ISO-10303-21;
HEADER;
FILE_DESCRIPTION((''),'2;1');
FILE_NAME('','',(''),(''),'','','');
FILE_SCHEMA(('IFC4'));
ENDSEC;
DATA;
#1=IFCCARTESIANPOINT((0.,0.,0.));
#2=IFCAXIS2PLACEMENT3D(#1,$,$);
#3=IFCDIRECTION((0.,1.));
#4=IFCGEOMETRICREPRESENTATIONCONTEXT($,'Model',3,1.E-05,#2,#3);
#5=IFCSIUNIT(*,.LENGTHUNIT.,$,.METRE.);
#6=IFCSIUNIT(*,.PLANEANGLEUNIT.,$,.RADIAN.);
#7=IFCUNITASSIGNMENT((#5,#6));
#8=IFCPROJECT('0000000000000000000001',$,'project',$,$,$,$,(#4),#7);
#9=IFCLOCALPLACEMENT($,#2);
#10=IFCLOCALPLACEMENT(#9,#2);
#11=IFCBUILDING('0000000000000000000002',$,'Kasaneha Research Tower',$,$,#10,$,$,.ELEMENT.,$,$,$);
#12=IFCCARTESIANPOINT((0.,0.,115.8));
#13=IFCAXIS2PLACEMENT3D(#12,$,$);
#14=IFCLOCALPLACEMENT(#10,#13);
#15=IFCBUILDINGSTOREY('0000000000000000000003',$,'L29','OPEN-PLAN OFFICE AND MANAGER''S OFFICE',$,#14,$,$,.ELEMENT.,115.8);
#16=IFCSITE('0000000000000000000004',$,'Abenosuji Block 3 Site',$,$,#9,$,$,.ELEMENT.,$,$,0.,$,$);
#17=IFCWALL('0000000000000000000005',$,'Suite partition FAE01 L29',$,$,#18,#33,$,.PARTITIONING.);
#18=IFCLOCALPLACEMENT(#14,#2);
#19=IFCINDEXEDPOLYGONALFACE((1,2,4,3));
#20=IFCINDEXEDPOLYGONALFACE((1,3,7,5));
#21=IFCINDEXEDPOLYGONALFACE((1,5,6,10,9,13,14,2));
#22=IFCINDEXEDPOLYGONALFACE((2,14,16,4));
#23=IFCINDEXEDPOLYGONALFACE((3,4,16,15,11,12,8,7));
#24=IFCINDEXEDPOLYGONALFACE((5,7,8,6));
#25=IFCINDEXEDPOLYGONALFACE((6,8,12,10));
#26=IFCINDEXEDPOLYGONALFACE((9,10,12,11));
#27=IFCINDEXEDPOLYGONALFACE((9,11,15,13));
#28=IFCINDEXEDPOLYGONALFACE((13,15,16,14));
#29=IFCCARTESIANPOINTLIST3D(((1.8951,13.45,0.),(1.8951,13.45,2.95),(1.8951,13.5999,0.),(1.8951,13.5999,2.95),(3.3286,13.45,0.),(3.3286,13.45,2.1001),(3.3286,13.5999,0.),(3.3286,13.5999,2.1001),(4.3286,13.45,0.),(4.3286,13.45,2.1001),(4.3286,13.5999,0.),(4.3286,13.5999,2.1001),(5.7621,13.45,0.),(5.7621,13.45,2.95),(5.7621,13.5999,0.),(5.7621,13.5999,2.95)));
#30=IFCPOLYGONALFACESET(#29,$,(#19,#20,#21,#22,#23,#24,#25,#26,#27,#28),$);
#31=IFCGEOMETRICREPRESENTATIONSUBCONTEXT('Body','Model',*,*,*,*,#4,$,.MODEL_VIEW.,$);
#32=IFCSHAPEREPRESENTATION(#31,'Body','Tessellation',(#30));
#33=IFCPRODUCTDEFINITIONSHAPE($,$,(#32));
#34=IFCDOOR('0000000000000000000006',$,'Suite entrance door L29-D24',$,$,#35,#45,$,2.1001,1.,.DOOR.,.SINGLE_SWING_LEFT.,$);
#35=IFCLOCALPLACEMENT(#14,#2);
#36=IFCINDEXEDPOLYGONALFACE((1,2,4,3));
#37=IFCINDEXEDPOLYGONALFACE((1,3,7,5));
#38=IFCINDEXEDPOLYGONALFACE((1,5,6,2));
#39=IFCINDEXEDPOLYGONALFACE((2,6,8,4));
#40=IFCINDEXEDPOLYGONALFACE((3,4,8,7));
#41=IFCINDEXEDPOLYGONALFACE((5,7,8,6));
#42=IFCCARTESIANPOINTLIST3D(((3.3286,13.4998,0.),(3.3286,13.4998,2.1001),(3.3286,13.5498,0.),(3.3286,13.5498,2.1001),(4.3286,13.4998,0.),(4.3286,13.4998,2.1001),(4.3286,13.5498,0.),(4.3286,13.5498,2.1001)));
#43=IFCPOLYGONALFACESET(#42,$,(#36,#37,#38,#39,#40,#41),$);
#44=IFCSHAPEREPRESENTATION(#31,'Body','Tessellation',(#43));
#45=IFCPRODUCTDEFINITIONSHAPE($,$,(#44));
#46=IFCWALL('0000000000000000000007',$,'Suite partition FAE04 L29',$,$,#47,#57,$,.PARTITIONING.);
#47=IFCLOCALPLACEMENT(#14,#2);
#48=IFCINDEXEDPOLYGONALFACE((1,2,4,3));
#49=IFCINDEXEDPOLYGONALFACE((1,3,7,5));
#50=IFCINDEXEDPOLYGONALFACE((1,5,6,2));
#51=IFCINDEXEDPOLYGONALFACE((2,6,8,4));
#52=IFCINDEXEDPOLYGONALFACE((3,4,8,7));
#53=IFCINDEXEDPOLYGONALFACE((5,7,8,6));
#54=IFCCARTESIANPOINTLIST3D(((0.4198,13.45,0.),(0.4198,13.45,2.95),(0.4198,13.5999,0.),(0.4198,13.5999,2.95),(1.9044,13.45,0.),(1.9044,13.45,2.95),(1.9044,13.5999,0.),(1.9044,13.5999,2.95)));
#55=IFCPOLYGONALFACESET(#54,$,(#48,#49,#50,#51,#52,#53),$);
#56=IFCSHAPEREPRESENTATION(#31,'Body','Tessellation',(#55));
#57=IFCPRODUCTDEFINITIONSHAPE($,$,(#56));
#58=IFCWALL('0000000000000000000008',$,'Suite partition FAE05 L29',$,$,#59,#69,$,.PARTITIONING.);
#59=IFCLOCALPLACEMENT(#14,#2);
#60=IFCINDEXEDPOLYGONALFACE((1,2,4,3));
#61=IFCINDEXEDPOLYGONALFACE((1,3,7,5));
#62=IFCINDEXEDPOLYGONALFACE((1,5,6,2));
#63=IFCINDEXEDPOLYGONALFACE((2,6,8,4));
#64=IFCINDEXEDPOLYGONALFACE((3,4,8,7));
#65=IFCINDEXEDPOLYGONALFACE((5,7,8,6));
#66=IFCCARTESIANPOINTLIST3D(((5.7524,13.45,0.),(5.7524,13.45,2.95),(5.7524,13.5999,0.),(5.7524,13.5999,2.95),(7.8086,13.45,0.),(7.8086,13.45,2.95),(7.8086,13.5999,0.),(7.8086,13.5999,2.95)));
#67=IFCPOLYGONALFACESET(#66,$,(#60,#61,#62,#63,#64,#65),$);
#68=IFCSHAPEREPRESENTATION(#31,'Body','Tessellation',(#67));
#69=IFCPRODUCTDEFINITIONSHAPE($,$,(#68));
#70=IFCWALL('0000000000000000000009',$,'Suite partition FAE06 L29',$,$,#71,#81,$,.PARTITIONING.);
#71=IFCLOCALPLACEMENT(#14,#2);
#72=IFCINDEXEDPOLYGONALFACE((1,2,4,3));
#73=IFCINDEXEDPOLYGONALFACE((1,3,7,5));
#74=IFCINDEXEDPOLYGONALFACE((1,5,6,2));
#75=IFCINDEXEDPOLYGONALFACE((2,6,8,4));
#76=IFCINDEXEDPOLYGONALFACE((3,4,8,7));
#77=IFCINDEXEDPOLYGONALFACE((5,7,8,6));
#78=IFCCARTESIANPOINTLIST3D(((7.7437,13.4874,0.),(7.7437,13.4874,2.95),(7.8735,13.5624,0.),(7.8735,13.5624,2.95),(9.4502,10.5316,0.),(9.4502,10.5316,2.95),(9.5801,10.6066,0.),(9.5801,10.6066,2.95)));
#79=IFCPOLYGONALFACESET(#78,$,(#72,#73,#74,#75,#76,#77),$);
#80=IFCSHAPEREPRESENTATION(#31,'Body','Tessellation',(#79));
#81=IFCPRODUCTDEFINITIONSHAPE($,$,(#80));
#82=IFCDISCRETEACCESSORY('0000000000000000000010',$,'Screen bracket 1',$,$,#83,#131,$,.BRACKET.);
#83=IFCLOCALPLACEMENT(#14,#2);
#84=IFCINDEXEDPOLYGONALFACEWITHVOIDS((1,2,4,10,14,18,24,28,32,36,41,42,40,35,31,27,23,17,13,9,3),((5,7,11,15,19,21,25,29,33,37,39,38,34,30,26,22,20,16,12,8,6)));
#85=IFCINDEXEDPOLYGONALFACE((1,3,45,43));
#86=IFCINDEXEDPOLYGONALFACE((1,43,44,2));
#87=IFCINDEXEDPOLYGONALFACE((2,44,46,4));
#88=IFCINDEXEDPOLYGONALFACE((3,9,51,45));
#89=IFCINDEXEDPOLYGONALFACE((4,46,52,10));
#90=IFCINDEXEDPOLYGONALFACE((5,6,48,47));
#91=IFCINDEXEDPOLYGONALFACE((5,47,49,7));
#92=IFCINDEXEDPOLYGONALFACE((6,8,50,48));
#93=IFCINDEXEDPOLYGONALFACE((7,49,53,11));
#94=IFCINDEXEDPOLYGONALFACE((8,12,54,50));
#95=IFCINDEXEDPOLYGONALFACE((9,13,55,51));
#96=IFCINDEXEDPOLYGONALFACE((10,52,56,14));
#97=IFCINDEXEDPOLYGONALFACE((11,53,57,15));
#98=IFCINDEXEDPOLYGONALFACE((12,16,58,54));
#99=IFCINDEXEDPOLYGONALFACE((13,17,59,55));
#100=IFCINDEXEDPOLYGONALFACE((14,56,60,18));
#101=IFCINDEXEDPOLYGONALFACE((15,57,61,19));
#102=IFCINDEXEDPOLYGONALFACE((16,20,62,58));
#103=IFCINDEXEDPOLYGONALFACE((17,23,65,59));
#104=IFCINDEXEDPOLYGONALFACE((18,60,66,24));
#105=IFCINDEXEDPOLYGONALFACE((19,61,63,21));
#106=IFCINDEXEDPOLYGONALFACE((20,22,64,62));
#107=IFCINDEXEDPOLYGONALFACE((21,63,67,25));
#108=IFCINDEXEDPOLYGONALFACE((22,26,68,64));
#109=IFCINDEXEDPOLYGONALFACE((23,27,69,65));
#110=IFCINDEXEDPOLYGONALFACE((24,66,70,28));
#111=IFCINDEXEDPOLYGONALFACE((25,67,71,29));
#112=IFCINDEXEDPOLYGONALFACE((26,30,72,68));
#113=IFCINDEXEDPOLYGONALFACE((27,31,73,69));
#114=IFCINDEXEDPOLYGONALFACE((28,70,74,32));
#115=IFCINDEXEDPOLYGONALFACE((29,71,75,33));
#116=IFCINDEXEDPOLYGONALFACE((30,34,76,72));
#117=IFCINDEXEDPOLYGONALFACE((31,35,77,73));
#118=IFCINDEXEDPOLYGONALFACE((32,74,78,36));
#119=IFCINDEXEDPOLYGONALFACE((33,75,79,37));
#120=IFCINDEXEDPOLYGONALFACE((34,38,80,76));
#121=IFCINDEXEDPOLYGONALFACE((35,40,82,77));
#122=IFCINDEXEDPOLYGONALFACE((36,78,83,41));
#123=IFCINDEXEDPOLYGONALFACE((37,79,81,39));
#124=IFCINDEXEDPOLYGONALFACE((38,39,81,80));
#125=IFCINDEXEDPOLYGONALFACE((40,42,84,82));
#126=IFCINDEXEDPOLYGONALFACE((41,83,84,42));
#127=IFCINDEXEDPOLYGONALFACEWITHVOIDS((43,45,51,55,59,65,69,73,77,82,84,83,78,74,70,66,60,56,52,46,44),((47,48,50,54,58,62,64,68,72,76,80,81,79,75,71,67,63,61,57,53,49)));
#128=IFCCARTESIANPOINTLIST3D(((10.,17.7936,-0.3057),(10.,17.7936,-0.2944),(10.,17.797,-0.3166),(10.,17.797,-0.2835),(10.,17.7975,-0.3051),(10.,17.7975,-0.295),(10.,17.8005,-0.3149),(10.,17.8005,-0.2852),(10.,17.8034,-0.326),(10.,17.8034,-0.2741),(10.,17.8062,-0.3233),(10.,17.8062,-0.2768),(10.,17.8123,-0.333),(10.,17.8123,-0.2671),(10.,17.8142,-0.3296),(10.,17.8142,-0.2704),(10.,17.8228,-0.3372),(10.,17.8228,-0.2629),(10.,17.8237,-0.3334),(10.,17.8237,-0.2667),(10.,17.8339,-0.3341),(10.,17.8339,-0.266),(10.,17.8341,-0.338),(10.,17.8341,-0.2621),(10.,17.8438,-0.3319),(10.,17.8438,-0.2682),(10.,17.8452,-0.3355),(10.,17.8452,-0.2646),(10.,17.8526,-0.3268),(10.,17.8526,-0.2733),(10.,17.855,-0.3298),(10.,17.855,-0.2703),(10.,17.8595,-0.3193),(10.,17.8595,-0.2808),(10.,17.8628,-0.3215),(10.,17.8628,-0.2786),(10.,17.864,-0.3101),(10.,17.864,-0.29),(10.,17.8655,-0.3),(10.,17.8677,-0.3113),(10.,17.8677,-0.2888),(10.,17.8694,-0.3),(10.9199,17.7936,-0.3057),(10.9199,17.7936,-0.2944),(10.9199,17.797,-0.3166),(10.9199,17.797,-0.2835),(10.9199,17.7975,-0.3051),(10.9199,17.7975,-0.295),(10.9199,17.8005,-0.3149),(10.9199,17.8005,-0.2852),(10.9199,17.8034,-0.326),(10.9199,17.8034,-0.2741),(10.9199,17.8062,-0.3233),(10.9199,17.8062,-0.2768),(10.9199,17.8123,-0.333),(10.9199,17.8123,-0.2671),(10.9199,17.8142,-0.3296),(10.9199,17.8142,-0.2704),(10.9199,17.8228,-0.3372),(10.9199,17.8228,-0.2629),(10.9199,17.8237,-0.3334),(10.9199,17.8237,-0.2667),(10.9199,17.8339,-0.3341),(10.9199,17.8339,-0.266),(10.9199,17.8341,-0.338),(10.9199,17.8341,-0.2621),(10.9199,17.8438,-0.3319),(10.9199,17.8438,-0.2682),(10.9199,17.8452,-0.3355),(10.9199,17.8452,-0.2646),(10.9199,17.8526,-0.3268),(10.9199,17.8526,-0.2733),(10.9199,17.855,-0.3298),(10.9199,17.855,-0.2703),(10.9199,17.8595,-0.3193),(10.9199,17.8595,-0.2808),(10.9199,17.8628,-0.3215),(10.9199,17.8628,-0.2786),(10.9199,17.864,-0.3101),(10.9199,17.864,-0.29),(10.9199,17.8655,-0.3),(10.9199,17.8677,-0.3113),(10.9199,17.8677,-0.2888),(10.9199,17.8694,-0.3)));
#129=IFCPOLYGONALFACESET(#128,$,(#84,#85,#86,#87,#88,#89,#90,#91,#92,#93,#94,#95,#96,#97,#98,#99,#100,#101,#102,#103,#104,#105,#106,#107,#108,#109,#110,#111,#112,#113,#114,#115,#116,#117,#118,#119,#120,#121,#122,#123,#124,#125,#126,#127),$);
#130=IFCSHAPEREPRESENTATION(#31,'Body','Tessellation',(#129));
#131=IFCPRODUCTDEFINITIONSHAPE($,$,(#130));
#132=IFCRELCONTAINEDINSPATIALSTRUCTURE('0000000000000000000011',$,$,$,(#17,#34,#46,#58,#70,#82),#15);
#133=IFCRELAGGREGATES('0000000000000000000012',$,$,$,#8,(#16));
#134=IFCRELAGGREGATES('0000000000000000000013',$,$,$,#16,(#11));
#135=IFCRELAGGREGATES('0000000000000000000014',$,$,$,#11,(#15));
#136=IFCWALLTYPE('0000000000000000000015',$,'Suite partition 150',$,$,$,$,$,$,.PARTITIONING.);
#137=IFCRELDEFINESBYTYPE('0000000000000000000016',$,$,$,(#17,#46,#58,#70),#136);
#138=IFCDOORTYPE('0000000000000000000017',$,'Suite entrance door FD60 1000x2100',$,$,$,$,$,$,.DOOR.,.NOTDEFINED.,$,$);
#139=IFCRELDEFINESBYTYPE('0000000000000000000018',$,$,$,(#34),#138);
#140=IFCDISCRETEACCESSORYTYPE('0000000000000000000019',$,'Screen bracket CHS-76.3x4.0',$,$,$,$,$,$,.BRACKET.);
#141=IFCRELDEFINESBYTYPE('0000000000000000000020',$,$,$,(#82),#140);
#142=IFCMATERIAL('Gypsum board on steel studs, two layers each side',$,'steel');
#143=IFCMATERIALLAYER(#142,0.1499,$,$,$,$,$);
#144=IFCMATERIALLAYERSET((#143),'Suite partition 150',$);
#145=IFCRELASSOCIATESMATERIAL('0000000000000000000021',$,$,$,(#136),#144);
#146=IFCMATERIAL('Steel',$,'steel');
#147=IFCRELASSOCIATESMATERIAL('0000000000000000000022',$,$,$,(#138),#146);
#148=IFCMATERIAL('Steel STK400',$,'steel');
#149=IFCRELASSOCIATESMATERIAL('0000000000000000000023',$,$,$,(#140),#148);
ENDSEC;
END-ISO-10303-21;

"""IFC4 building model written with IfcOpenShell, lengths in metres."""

from ifc_helpers import new_model, si_unit, direction, frame, frame_2d, origin, origin_2d, place, context, subcontext, project, spatial, rectangle, hollow_circle, extrude, material, layer, layer_set, material_profile, profile_set, type_object, element, fill, save


model = new_model("IFC4")

# Units and contexts
model_context = context("Model", 3, precision=1e-05, world=origin(), true_north=direction((0.0, 1.0)))
body_context = subcontext(model_context, "Body", "Model", "MODEL_VIEW")
ifc_project = project(units=[si_unit("LENGTHUNIT", "METRE"), si_unit("PLANEANGLEUNIT", "RADIAN")], contexts=[model_context])

# Site, building, storey
site_placement = place(None, origin())
site = spatial("IfcSite", under=ifc_project, at=site_placement, Name="Abenosuji Block 3 Site", CompositionType="ELEMENT", RefElevation=0.0)
building_placement = place(site_placement, origin())
building = spatial("IfcBuilding", under=site, at=building_placement, Name="Kasaneha Research Tower", CompositionType="ELEMENT")
storey_placement = place(building_placement, frame((0.0, 0.0, 115.8)))
storey = spatial("IfcBuildingStorey", under=building, at=storey_placement, Name="L29", Description="OPEN-PLAN OFFICE AND MANAGER'S OFFICE", CompositionType="ELEMENT", Elevation=115.8)

# Wall, opening, door
ifc_material_1 = material(Name="Gypsum board on steel studs, two layers each side", Category="steel")
ifc_layer_1 = layer(ifc_material_1, 0.1499)
ifc_layer_set_1 = layer_set([ifc_layer_1], Name="Suite partition 150")
wall_type_1 = type_object("IfcWallType", Name="Suite partition 150", PredefinedType="PARTITIONING", material=ifc_layer_set_1)
wall_1_placement = place(storey_placement, frame((1.895, 13.5249, 0.0), z_axis=(0.0, 0.0, 1.0), x_axis=(1.0, 0.0, 0.0)))
wall_1 = element("IfcWall", 1, at=wall_1_placement, inside=storey, type_object=wall_type_1, Name="Suite partition FAE01 L29", PredefinedType="PARTITIONING", context=body_context, shape_type="SweptSolid", body=[
    extrude(rectangle(XDim=3.8669, YDim=0.1499, at=frame_2d((1.9336, 0.0))), origin(), (0.0, 0.0, 1.0), 2.95),
])
opening_1_placement = place(wall_1_placement, frame((1.4336, 0.0, 0.0)))
opening_1 = element("IfcOpeningElement", 2, at=opening_1_placement, cuts=wall_1, PredefinedType="OPENING", context=body_context, shape_type="SweptSolid", body=[
    extrude(rectangle(XDim=1.0, YDim=2.1001, at=frame_2d((0.5, 1.05))), frame((0.0, 0.085, 0.0), z_axis=(0.0, -1.0, 0.0), x_axis=(1.0, 0.0, 0.0)), (0.0, 0.0, 1.0), 0.1699),
])
ifc_material_2 = material(Name="Steel", Category="steel")
door_type_1 = type_object("IfcDoorType", Name="Suite entrance door FD60 1000x2100", OperationType="NOTDEFINED", PredefinedType="DOOR", material=ifc_material_2)
door_1_placement = place(opening_1_placement, origin())
door_1 = element("IfcDoor", 3, at=door_1_placement, inside=storey, type_object=door_type_1, Name="Suite entrance door L29-D24", OperationType="SINGLE_SWING_LEFT", OverallHeight=2.1001, OverallWidth=1.0, PredefinedType="DOOR", context=body_context, shape_type="SweptSolid", body=[
    extrude(rectangle(XDim=1.0, YDim=2.1001, at=frame_2d((0.5, 1.05))), frame((0.0, 0.0249, 0.0), z_axis=(0.0, -1.0, 0.0), x_axis=(1.0, 0.0, 0.0)), (0.0, 0.0, 1.0), 0.05),
])
fill(opening_1, door_1)

# Walls
wall_2_placement = place(storey_placement, frame((0.4199, 13.5249, 0.0), z_axis=(0.0, 0.0, 1.0), x_axis=(1.0, 0.0, 0.0)))
element("IfcWall", 4, at=wall_2_placement, inside=storey, type_object=wall_type_1, Name="Suite partition FAE04 L29", PredefinedType="PARTITIONING", context=body_context, shape_type="SweptSolid", body=[
    extrude(rectangle(XDim=1.4846, YDim=0.1499, at=frame_2d((0.7422, 0.0))), origin(), (0.0, 0.0, 1.0), 2.95),
])
wall_3_placement = place(storey_placement, frame((5.7524, 13.5249, 0.0), z_axis=(0.0, 0.0, 1.0), x_axis=(1.0, 0.0, 0.0)))
element("IfcWall", 5, at=wall_3_placement, inside=storey, type_object=wall_type_1, Name="Suite partition FAE05 L29", PredefinedType="PARTITIONING", context=body_context, shape_type="SweptSolid", body=[
    extrude(rectangle(XDim=2.0562, YDim=0.1499, at=frame_2d((1.0281, 0.0))), origin(), (0.0, 0.0, 1.0), 2.95),
])
wall_4_placement = place(storey_placement, frame((7.8086, 13.5249, 0.0), z_axis=(0.0, 0.0, 1.0), x_axis=(0.500001, -0.866025, 0.0)))
element("IfcWall", 6, at=wall_4_placement, inside=storey, type_object=wall_type_1, Name="Suite partition FAE06 L29", PredefinedType="PARTITIONING", context=body_context, shape_type="SweptSolid", body=[
    extrude(rectangle(XDim=3.4131, YDim=0.1499, at=frame_2d((1.7065, 0.0))), origin(), (0.0, 0.0, 1.0), 2.95),
])

# Discrete accessory
ifc_material_3 = material(Name="Steel STK400", Category="steel")
ifc_material_profile_1 = material_profile(ifc_material_3, hollow_circle(Radius=0.0381, WallThickness=0.0039, at=origin_2d()), Name="CHS-76.3x4.0")
ifc_profile_set_1 = profile_set([ifc_material_profile_1], Name="Steel STK400")
discrete_accessory_type = type_object("IfcDiscreteAccessoryType", Name="Screen bracket CHS-76.3x4.0", PredefinedType="BRACKET", material=ifc_profile_set_1)
discrete_accessory_placement = place(storey_placement, frame((10.0, 17.8313, -0.3), z_axis=(1.0, 0.0, 0.0), x_axis=(0.0, 1.0, 0.0)))
element("IfcDiscreteAccessory", 7, at=discrete_accessory_placement, inside=storey, type_object=discrete_accessory_type, Name="Screen bracket 1", PredefinedType="BRACKET", context=body_context, shape_type="SweptSolid", body=[
    extrude(hollow_circle(Radius=0.0381, WallThickness=0.0039, at=origin_2d()), origin(), (0.0, 0.0, 1.0), 0.9199),
])

save(model, "model.ifc")
